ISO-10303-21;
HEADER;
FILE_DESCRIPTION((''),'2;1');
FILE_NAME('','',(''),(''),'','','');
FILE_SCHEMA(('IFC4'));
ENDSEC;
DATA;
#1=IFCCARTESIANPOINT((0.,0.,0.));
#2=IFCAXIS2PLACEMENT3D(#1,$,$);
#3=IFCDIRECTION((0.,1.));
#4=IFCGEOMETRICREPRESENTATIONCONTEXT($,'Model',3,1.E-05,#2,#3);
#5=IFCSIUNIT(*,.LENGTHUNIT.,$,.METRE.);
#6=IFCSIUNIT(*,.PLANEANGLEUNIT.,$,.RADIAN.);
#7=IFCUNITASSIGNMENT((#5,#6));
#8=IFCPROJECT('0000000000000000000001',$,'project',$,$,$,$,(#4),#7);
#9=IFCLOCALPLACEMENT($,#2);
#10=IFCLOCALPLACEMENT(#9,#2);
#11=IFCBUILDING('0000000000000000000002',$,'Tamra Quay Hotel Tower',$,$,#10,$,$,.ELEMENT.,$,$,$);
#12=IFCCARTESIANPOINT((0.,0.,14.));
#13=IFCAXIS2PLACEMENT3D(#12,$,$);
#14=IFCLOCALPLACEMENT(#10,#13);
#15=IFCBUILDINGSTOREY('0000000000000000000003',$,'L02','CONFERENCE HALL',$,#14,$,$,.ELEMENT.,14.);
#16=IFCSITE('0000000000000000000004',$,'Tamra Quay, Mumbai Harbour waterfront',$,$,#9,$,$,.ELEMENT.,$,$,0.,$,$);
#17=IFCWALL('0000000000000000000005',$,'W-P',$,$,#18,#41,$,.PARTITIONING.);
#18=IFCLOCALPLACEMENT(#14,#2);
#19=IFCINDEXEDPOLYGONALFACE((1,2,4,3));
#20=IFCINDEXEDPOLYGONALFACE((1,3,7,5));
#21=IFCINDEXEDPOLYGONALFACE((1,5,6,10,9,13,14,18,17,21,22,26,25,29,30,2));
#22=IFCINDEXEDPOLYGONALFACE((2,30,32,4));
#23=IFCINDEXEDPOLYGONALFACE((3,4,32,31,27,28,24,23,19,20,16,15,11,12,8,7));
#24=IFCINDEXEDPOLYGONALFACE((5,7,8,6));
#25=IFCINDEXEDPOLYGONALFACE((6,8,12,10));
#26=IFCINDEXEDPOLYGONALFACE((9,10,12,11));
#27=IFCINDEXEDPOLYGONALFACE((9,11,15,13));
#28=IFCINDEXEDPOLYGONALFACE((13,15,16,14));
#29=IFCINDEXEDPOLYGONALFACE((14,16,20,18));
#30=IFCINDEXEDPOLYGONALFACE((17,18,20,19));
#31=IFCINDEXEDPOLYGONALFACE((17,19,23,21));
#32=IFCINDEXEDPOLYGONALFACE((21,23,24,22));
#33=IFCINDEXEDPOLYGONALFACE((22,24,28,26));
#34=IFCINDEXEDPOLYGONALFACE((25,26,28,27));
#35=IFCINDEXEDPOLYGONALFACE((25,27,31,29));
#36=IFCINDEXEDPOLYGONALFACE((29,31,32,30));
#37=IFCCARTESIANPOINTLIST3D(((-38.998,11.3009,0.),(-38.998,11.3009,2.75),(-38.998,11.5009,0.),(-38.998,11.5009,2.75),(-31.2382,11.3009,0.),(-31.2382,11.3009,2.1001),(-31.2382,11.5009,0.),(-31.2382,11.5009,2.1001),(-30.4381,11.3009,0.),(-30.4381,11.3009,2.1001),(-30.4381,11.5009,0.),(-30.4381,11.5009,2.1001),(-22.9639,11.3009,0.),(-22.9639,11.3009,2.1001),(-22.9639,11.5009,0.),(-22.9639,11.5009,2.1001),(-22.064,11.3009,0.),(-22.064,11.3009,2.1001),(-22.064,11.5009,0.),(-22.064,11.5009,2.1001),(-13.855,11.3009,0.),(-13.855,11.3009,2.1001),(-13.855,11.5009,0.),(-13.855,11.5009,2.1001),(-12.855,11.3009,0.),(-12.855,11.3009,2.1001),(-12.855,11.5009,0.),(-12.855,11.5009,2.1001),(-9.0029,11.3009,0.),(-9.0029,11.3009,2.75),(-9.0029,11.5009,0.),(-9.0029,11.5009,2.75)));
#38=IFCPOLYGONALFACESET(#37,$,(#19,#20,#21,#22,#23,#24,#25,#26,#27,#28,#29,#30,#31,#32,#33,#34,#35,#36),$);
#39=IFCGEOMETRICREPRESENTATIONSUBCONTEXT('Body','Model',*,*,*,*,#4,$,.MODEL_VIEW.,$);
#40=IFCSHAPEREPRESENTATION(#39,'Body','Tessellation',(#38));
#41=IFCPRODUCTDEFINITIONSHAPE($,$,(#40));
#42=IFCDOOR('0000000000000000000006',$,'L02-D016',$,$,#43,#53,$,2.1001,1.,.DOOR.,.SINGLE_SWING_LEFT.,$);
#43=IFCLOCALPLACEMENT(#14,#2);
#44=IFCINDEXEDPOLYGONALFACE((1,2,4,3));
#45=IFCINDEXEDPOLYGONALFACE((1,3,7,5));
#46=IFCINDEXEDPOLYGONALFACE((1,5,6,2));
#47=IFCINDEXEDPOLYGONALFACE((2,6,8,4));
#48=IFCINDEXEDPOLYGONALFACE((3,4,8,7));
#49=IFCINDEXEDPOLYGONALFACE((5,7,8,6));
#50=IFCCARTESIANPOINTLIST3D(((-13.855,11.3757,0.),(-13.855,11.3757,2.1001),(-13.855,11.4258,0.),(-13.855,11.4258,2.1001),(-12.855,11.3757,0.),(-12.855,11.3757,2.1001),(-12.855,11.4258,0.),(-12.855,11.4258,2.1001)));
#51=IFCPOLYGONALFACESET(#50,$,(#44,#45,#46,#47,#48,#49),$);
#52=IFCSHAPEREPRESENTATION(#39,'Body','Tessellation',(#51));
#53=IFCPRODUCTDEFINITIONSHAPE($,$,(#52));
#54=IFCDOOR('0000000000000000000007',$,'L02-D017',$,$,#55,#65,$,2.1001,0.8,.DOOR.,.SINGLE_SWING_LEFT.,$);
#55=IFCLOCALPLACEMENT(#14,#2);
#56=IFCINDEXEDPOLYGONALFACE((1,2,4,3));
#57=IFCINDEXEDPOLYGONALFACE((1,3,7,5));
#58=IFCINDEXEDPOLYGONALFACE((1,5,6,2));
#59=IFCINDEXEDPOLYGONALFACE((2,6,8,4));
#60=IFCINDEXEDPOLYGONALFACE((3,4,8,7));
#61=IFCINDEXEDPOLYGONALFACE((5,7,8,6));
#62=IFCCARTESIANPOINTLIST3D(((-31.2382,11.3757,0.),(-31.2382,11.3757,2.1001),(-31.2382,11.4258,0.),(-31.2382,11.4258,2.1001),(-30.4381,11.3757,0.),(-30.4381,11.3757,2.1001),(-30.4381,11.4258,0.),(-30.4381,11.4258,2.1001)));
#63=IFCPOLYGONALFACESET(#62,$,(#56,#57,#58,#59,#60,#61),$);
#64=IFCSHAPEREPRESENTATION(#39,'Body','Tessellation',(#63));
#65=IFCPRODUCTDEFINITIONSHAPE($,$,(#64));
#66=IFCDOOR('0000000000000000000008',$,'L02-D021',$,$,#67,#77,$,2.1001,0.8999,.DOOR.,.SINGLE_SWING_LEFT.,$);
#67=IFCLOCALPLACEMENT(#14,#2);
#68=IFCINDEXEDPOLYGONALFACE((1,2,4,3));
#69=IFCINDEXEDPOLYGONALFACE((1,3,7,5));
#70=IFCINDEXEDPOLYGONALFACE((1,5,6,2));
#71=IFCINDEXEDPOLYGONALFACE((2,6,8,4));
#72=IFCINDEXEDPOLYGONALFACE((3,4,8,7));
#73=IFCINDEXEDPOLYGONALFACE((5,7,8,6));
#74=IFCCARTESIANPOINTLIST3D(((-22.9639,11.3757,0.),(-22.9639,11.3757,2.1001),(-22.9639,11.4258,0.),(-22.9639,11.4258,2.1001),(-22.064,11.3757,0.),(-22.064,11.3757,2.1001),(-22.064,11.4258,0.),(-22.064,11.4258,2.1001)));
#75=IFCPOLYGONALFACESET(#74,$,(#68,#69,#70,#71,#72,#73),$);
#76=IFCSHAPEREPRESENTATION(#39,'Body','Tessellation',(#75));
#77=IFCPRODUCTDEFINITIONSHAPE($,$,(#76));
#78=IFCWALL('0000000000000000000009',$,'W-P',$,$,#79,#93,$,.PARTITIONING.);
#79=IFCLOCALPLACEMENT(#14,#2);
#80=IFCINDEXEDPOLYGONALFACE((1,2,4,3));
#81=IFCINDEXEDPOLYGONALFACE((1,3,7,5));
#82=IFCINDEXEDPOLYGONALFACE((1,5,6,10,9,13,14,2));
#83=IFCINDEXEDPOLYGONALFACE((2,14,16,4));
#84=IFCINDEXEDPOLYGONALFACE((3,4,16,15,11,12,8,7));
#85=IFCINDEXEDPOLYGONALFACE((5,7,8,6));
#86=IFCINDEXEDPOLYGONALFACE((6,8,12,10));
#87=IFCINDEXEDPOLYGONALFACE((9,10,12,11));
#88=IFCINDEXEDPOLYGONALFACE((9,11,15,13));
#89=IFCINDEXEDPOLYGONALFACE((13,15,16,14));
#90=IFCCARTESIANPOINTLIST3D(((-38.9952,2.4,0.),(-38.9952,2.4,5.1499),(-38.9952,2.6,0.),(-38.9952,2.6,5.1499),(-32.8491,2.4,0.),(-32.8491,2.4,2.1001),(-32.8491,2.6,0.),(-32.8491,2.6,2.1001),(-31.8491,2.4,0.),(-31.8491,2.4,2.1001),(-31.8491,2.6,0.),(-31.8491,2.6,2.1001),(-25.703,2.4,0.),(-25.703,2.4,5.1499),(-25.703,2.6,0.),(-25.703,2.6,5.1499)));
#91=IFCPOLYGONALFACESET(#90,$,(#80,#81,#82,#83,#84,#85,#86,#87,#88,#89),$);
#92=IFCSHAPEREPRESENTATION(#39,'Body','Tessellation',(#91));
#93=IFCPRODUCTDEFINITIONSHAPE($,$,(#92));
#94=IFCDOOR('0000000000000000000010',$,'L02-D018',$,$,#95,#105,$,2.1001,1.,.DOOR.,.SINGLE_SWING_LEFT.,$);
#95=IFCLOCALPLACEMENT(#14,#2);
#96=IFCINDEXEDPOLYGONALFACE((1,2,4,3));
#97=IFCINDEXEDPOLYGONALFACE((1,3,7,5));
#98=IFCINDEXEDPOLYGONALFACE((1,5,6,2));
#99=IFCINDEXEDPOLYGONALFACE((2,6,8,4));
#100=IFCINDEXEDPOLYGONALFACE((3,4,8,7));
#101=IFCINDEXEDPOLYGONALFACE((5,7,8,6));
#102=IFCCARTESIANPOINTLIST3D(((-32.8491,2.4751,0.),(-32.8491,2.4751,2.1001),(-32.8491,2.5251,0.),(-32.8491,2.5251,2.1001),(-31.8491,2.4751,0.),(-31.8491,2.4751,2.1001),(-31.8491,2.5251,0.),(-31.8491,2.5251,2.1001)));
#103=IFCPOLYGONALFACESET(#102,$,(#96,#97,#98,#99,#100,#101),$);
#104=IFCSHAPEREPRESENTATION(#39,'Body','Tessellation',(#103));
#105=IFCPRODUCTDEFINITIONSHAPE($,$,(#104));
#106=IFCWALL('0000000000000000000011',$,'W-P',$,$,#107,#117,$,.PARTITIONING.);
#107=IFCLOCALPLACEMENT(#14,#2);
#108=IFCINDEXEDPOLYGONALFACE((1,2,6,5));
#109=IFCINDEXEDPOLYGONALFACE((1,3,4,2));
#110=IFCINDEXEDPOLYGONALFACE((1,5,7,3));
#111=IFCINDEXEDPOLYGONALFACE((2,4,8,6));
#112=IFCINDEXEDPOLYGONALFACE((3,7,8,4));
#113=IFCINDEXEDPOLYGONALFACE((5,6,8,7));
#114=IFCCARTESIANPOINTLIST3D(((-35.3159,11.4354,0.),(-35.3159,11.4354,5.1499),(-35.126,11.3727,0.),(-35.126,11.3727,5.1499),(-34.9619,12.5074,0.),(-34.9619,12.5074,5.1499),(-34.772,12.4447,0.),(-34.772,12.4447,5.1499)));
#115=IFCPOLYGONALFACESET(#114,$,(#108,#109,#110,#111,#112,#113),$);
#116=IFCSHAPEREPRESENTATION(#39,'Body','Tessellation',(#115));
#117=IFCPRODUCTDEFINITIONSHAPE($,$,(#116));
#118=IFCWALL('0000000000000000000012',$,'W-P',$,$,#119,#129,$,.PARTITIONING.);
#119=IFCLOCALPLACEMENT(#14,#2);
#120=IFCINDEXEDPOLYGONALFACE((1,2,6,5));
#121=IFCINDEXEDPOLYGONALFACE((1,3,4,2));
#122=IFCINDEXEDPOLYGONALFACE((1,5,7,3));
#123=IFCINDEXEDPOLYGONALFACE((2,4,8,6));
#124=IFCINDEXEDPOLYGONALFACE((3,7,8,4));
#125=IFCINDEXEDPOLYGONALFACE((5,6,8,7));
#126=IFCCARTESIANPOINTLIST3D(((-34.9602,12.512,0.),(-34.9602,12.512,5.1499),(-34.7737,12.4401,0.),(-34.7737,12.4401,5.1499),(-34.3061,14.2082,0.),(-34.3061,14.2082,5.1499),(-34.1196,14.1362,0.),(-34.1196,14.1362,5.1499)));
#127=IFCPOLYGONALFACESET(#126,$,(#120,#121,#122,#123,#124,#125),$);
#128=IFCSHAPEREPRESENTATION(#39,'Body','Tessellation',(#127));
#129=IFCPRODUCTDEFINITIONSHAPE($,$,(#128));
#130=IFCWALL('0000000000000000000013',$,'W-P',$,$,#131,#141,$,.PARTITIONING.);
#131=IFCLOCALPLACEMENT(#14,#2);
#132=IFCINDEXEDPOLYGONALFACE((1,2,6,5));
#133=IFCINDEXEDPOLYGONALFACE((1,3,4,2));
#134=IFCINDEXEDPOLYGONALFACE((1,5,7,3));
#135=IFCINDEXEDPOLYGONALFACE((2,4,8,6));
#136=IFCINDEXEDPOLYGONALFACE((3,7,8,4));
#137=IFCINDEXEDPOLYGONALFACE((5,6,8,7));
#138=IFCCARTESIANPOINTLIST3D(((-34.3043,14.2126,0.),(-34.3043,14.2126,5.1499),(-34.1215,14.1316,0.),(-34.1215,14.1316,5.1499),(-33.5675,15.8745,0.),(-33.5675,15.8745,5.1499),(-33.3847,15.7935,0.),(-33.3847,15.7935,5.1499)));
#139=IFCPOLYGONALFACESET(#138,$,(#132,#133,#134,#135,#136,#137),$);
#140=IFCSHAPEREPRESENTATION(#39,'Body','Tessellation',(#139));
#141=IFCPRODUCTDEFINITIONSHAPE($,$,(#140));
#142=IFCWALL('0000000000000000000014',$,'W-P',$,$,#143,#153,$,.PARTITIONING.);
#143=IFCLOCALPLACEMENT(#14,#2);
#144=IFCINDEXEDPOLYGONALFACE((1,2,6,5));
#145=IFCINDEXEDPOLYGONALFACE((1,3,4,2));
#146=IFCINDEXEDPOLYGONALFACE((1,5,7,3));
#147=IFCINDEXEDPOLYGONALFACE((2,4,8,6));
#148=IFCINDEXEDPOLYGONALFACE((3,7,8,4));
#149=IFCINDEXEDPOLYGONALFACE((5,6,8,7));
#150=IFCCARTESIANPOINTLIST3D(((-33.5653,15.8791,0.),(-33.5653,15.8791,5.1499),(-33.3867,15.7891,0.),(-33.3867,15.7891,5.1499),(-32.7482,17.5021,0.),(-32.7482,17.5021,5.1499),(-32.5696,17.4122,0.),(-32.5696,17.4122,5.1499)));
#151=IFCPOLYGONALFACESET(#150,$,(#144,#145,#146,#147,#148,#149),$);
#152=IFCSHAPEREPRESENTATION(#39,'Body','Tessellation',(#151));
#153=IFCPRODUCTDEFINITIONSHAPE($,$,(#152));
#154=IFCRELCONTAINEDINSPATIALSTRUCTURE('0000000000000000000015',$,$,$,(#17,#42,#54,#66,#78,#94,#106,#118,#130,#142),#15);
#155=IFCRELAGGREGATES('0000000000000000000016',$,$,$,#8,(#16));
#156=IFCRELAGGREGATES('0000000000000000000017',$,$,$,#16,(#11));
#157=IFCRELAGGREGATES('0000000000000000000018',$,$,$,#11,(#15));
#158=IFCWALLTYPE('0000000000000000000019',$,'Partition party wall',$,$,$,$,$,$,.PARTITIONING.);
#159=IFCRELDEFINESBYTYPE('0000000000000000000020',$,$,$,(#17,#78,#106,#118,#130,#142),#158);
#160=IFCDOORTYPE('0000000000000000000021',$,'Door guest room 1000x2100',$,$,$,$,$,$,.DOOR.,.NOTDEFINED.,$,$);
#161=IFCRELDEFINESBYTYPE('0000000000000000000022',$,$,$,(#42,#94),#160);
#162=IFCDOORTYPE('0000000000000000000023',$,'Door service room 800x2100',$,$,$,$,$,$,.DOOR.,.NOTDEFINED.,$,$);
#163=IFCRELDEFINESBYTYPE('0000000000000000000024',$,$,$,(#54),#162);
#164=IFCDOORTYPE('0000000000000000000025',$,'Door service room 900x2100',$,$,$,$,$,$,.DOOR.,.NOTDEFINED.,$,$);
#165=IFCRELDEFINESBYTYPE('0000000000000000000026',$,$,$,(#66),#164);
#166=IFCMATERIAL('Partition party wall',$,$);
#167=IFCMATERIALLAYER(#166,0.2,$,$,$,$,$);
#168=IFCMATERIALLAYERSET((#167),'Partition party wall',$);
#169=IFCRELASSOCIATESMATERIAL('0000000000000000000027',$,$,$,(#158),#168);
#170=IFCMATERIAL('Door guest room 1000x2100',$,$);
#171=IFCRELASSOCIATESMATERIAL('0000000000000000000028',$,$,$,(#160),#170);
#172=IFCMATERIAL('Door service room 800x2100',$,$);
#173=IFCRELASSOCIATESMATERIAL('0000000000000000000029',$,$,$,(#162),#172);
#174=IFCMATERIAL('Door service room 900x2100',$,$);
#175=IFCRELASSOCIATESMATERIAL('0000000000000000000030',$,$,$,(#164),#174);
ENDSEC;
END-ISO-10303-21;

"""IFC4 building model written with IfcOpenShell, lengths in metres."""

from ifc_helpers import new_model, si_unit, direction, frame, frame_2d, origin, place, context, subcontext, project, spatial, rectangle, extrude, material, layer, layer_set, type_object, element, fill, save


model = new_model("IFC4")

# Units and contexts
model_context = context("Model", 3, precision=1e-05, world=origin(), true_north=direction((0.0, 1.0)))
body_context = subcontext(model_context, "Body", "Model", "MODEL_VIEW")
ifc_project = project(units=[si_unit("LENGTHUNIT", "METRE"), si_unit("PLANEANGLEUNIT", "RADIAN")], contexts=[model_context])

# Site, building, storey
site_placement = place(None, origin())
site = spatial("IfcSite", under=ifc_project, at=site_placement, Name="Tamra Quay, Mumbai Harbour waterfront", CompositionType="ELEMENT", RefElevation=0.0)
building_placement = place(site_placement, origin())
building = spatial("IfcBuilding", under=site, at=building_placement, Name="Tamra Quay Hotel Tower", CompositionType="ELEMENT")
storey_placement = place(building_placement, frame((0.0, 0.0, 14.0)))
storey = spatial("IfcBuildingStorey", under=building, at=storey_placement, Name="L02", Description="CONFERENCE HALL", CompositionType="ELEMENT", Elevation=14.0)

# Shared definitions
ifc_material_1 = material(Name="Partition party wall")
ifc_layer_1 = layer(ifc_material_1, 0.2)
ifc_layer_set_1 = layer_set([ifc_layer_1], Name="Partition party wall")
wall_type_1 = type_object("IfcWallType", Name="Partition party wall", PredefinedType="PARTITIONING", material=ifc_layer_set_1)

# Wall, openings, doors
wall_1_placement = place(storey_placement, frame((-38.998, 11.4009, 0.0), z_axis=(0.0, 0.0, 1.0), x_axis=(1.0, 0.0, 0.0)))
wall_1 = element("IfcWall", 1, at=wall_1_placement, inside=storey, type_object=wall_type_1, Name="W-P", PredefinedType="PARTITIONING", context=body_context, shape_type="SweptSolid", body=[
    extrude(rectangle(XDim=29.9951, YDim=0.2, at=frame_2d((14.9976, 0.0))), origin(), (0.0, 0.0, 1.0), 2.75),
])
opening_1_placement = place(wall_1_placement, frame((25.1431, 0.0, 0.0)))
opening_1 = element("IfcOpeningElement", 2, at=opening_1_placement, cuts=wall_1, PredefinedType="OPENING", context=body_context, shape_type="SweptSolid", body=[
    extrude(rectangle(XDim=1.0, YDim=2.1001, at=frame_2d((0.5, 1.05))), frame((0.0, 0.1099, 0.0), z_axis=(0.0, -1.0, 0.0), x_axis=(1.0, 0.0, 0.0)), (0.0, 0.0, 1.0), 0.22),
])
opening_2_placement = place(wall_1_placement, frame((7.76, 0.0, 0.0)))
opening_2 = element("IfcOpeningElement", 3, at=opening_2_placement, cuts=wall_1, PredefinedType="OPENING", context=body_context, shape_type="SweptSolid", body=[
    extrude(rectangle(XDim=0.8, YDim=2.1001, at=frame_2d((0.3999, 1.05))), frame((0.0, 0.1099, 0.0), z_axis=(0.0, -1.0, 0.0), x_axis=(1.0, 0.0, 0.0)), (0.0, 0.0, 1.0), 0.22),
])
opening_3_placement = place(wall_1_placement, frame((16.0342, 0.0, 0.0)))
opening_3 = element("IfcOpeningElement", 4, at=opening_3_placement, cuts=wall_1, PredefinedType="OPENING", context=body_context, shape_type="SweptSolid", body=[
    extrude(rectangle(XDim=0.8999, YDim=2.1001, at=frame_2d((0.45, 1.05))), frame((0.0, 0.1099, 0.0), z_axis=(0.0, -1.0, 0.0), x_axis=(1.0, 0.0, 0.0)), (0.0, 0.0, 1.0), 0.22),
])
ifc_material_2 = material(Name="Door guest room 1000x2100")
door_type_1 = type_object("IfcDoorType", Name="Door guest room 1000x2100", OperationType="NOTDEFINED", PredefinedType="DOOR", material=ifc_material_2)
door_1_placement = place(opening_1_placement, origin())
door_1 = element("IfcDoor", 5, at=door_1_placement, inside=storey, type_object=door_type_1, Name="L02-D016", OperationType="SINGLE_SWING_LEFT", OverallHeight=2.1001, OverallWidth=1.0, PredefinedType="DOOR", context=body_context, shape_type="SweptSolid", body=[
    extrude(rectangle(XDim=1.0, YDim=2.1001, at=frame_2d((0.5, 1.05))), frame((0.0, 0.0249, 0.0), z_axis=(0.0, -1.0, 0.0), x_axis=(1.0, 0.0, 0.0)), (0.0, 0.0, 1.0), 0.05),
])
fill(opening_1, door_1)
ifc_material_3 = material(Name="Door service room 800x2100")
door_type_2 = type_object("IfcDoorType", Name="Door service room 800x2100", OperationType="NOTDEFINED", PredefinedType="DOOR", material=ifc_material_3)
door_2_placement = place(opening_2_placement, origin())
door_2 = element("IfcDoor", 6, at=door_2_placement, inside=storey, type_object=door_type_2, Name="L02-D017", OperationType="SINGLE_SWING_LEFT", OverallHeight=2.1001, OverallWidth=0.8, PredefinedType="DOOR", context=body_context, shape_type="SweptSolid", body=[
    extrude(rectangle(XDim=0.8, YDim=2.1001, at=frame_2d((0.3999, 1.05))), frame((0.0, 0.0249, 0.0), z_axis=(0.0, -1.0, 0.0), x_axis=(1.0, 0.0, 0.0)), (0.0, 0.0, 1.0), 0.05),
])
fill(opening_2, door_2)
ifc_material_4 = material(Name="Door service room 900x2100")
door_type_3 = type_object("IfcDoorType", Name="Door service room 900x2100", OperationType="NOTDEFINED", PredefinedType="DOOR", material=ifc_material_4)
door_3_placement = place(opening_3_placement, origin())
door_3 = element("IfcDoor", 7, at=door_3_placement, inside=storey, type_object=door_type_3, Name="L02-D021", OperationType="SINGLE_SWING_LEFT", OverallHeight=2.1001, OverallWidth=0.8999, PredefinedType="DOOR", context=body_context, shape_type="SweptSolid", body=[
    extrude(rectangle(XDim=0.8999, YDim=2.1001, at=frame_2d((0.45, 1.05))), frame((0.0, 0.0249, 0.0), z_axis=(0.0, -1.0, 0.0), x_axis=(1.0, 0.0, 0.0)), (0.0, 0.0, 1.0), 0.05),
])
fill(opening_3, door_3)

# Wall, opening, door
wall_2_placement = place(storey_placement, frame((-38.9951, 2.5, 0.0), z_axis=(0.0, 0.0, 1.0), x_axis=(1.0, 0.0, 0.0)))
wall_2 = element("IfcWall", 8, at=wall_2_placement, inside=storey, type_object=wall_type_1, Name="W-P", PredefinedType="PARTITIONING", context=body_context, shape_type="SweptSolid", body=[
    extrude(rectangle(XDim=13.2922, YDim=0.2, at=frame_2d((6.646, 0.0))), origin(), (0.0, 0.0, 1.0), 5.1499),
])
opening_4_placement = place(wall_2_placement, frame((6.146, 0.0, 0.0)))
opening_4 = element("IfcOpeningElement", 9, at=opening_4_placement, cuts=wall_2, PredefinedType="OPENING", context=body_context, shape_type="SweptSolid", body=[
    extrude(rectangle(XDim=1.0, YDim=2.1001, at=frame_2d((0.5, 1.05))), frame((0.0, 0.1099, 0.0), z_axis=(0.0, -1.0, 0.0), x_axis=(1.0, 0.0, 0.0)), (0.0, 0.0, 1.0), 0.22),
])
door_4_placement = place(opening_4_placement, frame((1.0, 0.0, 0.0), z_axis=(0.0, 0.0, 1.0), x_axis=(-1.0, 0.0, 0.0)))
door_4 = element("IfcDoor", 10, at=door_4_placement, inside=storey, type_object=door_type_1, Name="L02-D018", OperationType="SINGLE_SWING_LEFT", OverallHeight=2.1001, OverallWidth=1.0, PredefinedType="DOOR", context=body_context, shape_type="SweptSolid", body=[
    extrude(rectangle(XDim=1.0, YDim=2.1001, at=frame_2d((0.5, 1.05))), frame((0.0, 0.0249, 0.0), z_axis=(0.0, -1.0, 0.0), x_axis=(1.0, 0.0, 0.0)), (0.0, 0.0, 1.0), 0.05),
])
fill(opening_4, door_4)

# Walls
wall_3_placement = place(storey_placement, frame((-35.2209, 11.4041, 0.0), z_axis=(0.0, 0.0, 1.0), x_axis=(0.313567, 0.949566, 0.0)))
element("IfcWall", 11, at=wall_3_placement, inside=storey, type_object=wall_type_1, Name="W-P", PredefinedType="PARTITIONING", context=body_context, shape_type="SweptSolid", body=[
    extrude(rectangle(XDim=1.1289, YDim=0.2, at=frame_2d((0.5645, 0.0))), origin(), (0.0, 0.0, 1.0), 5.1499),
])
for number, where, z_axis, x_axis, name in (
    (12, (-34.8669, 12.4761, 0.0), (0.0, 0.0, 1.0), (0.359807, 0.933027, 0.0), "W-P"),
    (13, (-34.2129, 14.1721, 0.0), (0.0, 0.0, 1.0), (0.405316, 0.914177, 0.0), "W-P"),
):
    element("IfcWall", number, at=place(storey_placement, frame(where, z_axis=z_axis, x_axis=x_axis)), inside=storey, type_object=wall_type_1, Name=name, PredefinedType="PARTITIONING", context=body_context, shape_type="SweptSolid", body=[
        extrude(rectangle(XDim=1.8179, YDim=0.2, at=frame_2d((0.9089, 0.0))), origin(), (0.0, 0.0, 1.0), 5.1499),
    ])
wall_4_placement = place(storey_placement, frame((-33.4761, 15.834, 0.0), z_axis=(0.0, 0.0, 1.0), x_axis=(0.449684, 0.893188, 0.0)))
element("IfcWall", 14, at=wall_4_placement, inside=storey, type_object=wall_type_1, Name="W-P", PredefinedType="PARTITIONING", context=body_context, shape_type="SweptSolid", body=[
    extrude(rectangle(XDim=1.8171, YDim=0.2, at=frame_2d((0.9087, 0.0))), origin(), (0.0, 0.0, 1.0), 5.1499),
])

save(model, "model.ifc")
